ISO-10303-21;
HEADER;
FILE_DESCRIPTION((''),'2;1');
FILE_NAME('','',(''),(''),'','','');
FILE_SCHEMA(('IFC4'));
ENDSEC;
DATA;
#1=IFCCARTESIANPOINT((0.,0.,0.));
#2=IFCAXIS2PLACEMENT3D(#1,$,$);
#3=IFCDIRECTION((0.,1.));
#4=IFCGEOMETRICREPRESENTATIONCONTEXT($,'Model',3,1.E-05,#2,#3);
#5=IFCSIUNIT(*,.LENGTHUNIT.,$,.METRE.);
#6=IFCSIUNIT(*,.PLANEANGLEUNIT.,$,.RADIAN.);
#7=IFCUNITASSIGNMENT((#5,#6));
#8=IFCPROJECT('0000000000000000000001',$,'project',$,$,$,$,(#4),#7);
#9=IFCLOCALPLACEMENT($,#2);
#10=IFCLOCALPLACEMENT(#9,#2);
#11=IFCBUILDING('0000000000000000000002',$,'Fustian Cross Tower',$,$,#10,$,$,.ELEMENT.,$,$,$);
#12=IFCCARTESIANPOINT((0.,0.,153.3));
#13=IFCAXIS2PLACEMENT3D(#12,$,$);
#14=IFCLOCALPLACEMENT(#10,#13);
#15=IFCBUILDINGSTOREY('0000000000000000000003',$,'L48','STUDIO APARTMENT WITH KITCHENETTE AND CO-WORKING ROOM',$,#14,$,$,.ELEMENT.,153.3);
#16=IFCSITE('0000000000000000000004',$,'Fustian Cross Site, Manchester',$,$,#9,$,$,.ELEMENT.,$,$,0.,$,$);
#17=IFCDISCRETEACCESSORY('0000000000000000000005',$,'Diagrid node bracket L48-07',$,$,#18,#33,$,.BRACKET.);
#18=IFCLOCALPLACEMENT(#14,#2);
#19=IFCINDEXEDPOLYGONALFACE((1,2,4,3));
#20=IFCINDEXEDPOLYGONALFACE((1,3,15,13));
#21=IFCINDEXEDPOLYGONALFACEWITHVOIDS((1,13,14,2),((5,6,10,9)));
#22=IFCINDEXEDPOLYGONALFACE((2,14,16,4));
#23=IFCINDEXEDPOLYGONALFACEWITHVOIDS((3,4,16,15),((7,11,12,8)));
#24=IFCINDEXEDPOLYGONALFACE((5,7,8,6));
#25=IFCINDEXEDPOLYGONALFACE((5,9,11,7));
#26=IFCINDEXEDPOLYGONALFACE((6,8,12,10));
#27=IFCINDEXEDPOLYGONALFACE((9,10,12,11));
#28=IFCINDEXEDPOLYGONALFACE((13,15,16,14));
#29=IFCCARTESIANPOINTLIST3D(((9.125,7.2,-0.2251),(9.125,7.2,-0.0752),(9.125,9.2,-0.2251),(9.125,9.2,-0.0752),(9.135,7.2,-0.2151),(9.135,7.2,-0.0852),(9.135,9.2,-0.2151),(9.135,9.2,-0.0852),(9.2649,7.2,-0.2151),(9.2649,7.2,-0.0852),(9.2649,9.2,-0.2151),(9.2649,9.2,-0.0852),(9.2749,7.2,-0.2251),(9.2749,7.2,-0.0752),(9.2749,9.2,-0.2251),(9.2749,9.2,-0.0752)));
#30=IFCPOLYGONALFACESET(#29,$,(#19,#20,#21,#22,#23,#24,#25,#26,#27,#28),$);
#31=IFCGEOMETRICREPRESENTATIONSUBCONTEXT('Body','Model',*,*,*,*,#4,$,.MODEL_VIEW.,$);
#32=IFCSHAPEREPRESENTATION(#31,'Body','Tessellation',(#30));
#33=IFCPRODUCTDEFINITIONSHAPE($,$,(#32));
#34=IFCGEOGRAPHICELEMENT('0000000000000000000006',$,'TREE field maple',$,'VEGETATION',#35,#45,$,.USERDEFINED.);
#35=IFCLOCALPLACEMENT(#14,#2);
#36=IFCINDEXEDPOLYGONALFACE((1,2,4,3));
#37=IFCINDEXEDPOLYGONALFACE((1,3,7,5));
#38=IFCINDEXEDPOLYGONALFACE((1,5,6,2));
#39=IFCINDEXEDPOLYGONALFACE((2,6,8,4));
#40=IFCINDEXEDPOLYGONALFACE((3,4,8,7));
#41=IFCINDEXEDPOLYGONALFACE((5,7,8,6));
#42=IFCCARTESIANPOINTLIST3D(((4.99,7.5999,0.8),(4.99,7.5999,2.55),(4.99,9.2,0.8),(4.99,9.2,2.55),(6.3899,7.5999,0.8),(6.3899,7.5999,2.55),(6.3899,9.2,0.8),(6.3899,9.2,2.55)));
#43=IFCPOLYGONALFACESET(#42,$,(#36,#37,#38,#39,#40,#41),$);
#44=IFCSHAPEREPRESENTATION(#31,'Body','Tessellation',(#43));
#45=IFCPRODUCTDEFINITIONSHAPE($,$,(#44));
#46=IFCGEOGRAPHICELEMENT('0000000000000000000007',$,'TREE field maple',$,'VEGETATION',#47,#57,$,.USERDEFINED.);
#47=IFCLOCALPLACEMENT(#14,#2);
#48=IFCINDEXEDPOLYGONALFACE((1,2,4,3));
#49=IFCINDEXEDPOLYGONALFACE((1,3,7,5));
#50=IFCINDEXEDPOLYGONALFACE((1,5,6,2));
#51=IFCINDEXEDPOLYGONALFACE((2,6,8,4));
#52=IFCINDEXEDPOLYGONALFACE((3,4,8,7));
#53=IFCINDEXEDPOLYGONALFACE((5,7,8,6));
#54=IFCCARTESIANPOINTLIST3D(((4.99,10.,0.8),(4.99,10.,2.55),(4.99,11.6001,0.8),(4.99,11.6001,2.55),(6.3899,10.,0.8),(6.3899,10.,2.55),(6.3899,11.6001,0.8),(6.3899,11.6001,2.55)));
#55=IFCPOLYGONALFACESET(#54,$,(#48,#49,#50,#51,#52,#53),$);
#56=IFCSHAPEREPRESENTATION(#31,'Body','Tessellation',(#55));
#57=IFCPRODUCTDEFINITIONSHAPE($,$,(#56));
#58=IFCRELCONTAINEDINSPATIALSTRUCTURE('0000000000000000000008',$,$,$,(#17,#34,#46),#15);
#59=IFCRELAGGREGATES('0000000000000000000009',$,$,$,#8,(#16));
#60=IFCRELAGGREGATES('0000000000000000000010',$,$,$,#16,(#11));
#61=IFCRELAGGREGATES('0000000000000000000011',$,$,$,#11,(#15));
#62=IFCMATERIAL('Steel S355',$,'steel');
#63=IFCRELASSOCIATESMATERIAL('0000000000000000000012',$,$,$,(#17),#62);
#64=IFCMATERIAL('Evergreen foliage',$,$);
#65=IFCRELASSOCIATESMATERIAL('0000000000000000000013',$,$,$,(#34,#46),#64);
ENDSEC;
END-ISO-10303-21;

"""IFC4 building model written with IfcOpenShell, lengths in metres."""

from ifc_helpers import new_model, si_unit, direction, frame, origin, origin_2d, place, context, subcontext, project, spatial, rectangle, hollow_rectangle, extrude, material, element, save


model = new_model("IFC4")

# Units and contexts
model_context = context("Model", 3, precision=1e-05, world=origin(), true_north=direction((0.0, 1.0)))
body_context = subcontext(model_context, "Body", "Model", "MODEL_VIEW")
ifc_project = project(units=[si_unit("LENGTHUNIT", "METRE"), si_unit("PLANEANGLEUNIT", "RADIAN")], contexts=[model_context])

# Site, building, storey
site_placement = place(None, origin())
site = spatial("IfcSite", under=ifc_project, at=site_placement, Name="Fustian Cross Site, Manchester", CompositionType="ELEMENT", RefElevation=0.0)
building_placement = place(site_placement, origin())
building = spatial("IfcBuilding", under=site, at=building_placement, Name="Fustian Cross Tower", CompositionType="ELEMENT")
storey_placement = place(building_placement, frame((0.0, 0.0, 153.3)))
storey = spatial("IfcBuildingStorey", under=building, at=storey_placement, Name="L48", Description="STUDIO APARTMENT WITH KITCHENETTE AND CO-WORKING ROOM", CompositionType="ELEMENT", Elevation=153.3)

# Discrete accessory
ifc_material_1 = material(Name="Steel S355", Category="steel")
discrete_accessory_placement = place(storey_placement, frame((9.2, 9.2, -0.1501), z_axis=(0.0, -1.0, 0.0), x_axis=(1.0, 0.0, 0.0)))
element("IfcDiscreteAccessory", 1, at=discrete_accessory_placement, inside=storey, material=ifc_material_1, Name="Diagrid node bracket L48-07", PredefinedType="BRACKET", context=body_context, shape_type="SweptSolid", body=[
    extrude(hollow_rectangle(XDim=0.1499, YDim=0.1499, WallThickness=0.01, at=origin_2d()), origin(), (0.0, 0.0, 1.0), 2.0),
])

# Geographic elements
ifc_material_2 = material(Name="Evergreen foliage")
for number, where, z_axis, x_axis, name in (
    (2, (5.6899, 8.3999, 0.8), (0.0, 0.0, 1.0), (1.0, 0.0, 0.0), "TREE field maple"),
    (3, (5.6899, 10.8, 0.8), (0.0, 0.0, 1.0), (1.0, 0.0, 0.0), "TREE field maple"),
):
    element("IfcGeographicElement", number, at=place(storey_placement, frame(where, z_axis=z_axis, x_axis=x_axis)), inside=storey, material=ifc_material_2, Name=name, ObjectType="VEGETATION", PredefinedType="USERDEFINED", context=body_context, shape_type="SweptSolid", body=[
        extrude(rectangle(XDim=1.3999, YDim=1.6001, at=origin_2d()), origin(), (0.0, 0.0, 1.0), 1.75),
    ])

save(model, "model.ifc")
